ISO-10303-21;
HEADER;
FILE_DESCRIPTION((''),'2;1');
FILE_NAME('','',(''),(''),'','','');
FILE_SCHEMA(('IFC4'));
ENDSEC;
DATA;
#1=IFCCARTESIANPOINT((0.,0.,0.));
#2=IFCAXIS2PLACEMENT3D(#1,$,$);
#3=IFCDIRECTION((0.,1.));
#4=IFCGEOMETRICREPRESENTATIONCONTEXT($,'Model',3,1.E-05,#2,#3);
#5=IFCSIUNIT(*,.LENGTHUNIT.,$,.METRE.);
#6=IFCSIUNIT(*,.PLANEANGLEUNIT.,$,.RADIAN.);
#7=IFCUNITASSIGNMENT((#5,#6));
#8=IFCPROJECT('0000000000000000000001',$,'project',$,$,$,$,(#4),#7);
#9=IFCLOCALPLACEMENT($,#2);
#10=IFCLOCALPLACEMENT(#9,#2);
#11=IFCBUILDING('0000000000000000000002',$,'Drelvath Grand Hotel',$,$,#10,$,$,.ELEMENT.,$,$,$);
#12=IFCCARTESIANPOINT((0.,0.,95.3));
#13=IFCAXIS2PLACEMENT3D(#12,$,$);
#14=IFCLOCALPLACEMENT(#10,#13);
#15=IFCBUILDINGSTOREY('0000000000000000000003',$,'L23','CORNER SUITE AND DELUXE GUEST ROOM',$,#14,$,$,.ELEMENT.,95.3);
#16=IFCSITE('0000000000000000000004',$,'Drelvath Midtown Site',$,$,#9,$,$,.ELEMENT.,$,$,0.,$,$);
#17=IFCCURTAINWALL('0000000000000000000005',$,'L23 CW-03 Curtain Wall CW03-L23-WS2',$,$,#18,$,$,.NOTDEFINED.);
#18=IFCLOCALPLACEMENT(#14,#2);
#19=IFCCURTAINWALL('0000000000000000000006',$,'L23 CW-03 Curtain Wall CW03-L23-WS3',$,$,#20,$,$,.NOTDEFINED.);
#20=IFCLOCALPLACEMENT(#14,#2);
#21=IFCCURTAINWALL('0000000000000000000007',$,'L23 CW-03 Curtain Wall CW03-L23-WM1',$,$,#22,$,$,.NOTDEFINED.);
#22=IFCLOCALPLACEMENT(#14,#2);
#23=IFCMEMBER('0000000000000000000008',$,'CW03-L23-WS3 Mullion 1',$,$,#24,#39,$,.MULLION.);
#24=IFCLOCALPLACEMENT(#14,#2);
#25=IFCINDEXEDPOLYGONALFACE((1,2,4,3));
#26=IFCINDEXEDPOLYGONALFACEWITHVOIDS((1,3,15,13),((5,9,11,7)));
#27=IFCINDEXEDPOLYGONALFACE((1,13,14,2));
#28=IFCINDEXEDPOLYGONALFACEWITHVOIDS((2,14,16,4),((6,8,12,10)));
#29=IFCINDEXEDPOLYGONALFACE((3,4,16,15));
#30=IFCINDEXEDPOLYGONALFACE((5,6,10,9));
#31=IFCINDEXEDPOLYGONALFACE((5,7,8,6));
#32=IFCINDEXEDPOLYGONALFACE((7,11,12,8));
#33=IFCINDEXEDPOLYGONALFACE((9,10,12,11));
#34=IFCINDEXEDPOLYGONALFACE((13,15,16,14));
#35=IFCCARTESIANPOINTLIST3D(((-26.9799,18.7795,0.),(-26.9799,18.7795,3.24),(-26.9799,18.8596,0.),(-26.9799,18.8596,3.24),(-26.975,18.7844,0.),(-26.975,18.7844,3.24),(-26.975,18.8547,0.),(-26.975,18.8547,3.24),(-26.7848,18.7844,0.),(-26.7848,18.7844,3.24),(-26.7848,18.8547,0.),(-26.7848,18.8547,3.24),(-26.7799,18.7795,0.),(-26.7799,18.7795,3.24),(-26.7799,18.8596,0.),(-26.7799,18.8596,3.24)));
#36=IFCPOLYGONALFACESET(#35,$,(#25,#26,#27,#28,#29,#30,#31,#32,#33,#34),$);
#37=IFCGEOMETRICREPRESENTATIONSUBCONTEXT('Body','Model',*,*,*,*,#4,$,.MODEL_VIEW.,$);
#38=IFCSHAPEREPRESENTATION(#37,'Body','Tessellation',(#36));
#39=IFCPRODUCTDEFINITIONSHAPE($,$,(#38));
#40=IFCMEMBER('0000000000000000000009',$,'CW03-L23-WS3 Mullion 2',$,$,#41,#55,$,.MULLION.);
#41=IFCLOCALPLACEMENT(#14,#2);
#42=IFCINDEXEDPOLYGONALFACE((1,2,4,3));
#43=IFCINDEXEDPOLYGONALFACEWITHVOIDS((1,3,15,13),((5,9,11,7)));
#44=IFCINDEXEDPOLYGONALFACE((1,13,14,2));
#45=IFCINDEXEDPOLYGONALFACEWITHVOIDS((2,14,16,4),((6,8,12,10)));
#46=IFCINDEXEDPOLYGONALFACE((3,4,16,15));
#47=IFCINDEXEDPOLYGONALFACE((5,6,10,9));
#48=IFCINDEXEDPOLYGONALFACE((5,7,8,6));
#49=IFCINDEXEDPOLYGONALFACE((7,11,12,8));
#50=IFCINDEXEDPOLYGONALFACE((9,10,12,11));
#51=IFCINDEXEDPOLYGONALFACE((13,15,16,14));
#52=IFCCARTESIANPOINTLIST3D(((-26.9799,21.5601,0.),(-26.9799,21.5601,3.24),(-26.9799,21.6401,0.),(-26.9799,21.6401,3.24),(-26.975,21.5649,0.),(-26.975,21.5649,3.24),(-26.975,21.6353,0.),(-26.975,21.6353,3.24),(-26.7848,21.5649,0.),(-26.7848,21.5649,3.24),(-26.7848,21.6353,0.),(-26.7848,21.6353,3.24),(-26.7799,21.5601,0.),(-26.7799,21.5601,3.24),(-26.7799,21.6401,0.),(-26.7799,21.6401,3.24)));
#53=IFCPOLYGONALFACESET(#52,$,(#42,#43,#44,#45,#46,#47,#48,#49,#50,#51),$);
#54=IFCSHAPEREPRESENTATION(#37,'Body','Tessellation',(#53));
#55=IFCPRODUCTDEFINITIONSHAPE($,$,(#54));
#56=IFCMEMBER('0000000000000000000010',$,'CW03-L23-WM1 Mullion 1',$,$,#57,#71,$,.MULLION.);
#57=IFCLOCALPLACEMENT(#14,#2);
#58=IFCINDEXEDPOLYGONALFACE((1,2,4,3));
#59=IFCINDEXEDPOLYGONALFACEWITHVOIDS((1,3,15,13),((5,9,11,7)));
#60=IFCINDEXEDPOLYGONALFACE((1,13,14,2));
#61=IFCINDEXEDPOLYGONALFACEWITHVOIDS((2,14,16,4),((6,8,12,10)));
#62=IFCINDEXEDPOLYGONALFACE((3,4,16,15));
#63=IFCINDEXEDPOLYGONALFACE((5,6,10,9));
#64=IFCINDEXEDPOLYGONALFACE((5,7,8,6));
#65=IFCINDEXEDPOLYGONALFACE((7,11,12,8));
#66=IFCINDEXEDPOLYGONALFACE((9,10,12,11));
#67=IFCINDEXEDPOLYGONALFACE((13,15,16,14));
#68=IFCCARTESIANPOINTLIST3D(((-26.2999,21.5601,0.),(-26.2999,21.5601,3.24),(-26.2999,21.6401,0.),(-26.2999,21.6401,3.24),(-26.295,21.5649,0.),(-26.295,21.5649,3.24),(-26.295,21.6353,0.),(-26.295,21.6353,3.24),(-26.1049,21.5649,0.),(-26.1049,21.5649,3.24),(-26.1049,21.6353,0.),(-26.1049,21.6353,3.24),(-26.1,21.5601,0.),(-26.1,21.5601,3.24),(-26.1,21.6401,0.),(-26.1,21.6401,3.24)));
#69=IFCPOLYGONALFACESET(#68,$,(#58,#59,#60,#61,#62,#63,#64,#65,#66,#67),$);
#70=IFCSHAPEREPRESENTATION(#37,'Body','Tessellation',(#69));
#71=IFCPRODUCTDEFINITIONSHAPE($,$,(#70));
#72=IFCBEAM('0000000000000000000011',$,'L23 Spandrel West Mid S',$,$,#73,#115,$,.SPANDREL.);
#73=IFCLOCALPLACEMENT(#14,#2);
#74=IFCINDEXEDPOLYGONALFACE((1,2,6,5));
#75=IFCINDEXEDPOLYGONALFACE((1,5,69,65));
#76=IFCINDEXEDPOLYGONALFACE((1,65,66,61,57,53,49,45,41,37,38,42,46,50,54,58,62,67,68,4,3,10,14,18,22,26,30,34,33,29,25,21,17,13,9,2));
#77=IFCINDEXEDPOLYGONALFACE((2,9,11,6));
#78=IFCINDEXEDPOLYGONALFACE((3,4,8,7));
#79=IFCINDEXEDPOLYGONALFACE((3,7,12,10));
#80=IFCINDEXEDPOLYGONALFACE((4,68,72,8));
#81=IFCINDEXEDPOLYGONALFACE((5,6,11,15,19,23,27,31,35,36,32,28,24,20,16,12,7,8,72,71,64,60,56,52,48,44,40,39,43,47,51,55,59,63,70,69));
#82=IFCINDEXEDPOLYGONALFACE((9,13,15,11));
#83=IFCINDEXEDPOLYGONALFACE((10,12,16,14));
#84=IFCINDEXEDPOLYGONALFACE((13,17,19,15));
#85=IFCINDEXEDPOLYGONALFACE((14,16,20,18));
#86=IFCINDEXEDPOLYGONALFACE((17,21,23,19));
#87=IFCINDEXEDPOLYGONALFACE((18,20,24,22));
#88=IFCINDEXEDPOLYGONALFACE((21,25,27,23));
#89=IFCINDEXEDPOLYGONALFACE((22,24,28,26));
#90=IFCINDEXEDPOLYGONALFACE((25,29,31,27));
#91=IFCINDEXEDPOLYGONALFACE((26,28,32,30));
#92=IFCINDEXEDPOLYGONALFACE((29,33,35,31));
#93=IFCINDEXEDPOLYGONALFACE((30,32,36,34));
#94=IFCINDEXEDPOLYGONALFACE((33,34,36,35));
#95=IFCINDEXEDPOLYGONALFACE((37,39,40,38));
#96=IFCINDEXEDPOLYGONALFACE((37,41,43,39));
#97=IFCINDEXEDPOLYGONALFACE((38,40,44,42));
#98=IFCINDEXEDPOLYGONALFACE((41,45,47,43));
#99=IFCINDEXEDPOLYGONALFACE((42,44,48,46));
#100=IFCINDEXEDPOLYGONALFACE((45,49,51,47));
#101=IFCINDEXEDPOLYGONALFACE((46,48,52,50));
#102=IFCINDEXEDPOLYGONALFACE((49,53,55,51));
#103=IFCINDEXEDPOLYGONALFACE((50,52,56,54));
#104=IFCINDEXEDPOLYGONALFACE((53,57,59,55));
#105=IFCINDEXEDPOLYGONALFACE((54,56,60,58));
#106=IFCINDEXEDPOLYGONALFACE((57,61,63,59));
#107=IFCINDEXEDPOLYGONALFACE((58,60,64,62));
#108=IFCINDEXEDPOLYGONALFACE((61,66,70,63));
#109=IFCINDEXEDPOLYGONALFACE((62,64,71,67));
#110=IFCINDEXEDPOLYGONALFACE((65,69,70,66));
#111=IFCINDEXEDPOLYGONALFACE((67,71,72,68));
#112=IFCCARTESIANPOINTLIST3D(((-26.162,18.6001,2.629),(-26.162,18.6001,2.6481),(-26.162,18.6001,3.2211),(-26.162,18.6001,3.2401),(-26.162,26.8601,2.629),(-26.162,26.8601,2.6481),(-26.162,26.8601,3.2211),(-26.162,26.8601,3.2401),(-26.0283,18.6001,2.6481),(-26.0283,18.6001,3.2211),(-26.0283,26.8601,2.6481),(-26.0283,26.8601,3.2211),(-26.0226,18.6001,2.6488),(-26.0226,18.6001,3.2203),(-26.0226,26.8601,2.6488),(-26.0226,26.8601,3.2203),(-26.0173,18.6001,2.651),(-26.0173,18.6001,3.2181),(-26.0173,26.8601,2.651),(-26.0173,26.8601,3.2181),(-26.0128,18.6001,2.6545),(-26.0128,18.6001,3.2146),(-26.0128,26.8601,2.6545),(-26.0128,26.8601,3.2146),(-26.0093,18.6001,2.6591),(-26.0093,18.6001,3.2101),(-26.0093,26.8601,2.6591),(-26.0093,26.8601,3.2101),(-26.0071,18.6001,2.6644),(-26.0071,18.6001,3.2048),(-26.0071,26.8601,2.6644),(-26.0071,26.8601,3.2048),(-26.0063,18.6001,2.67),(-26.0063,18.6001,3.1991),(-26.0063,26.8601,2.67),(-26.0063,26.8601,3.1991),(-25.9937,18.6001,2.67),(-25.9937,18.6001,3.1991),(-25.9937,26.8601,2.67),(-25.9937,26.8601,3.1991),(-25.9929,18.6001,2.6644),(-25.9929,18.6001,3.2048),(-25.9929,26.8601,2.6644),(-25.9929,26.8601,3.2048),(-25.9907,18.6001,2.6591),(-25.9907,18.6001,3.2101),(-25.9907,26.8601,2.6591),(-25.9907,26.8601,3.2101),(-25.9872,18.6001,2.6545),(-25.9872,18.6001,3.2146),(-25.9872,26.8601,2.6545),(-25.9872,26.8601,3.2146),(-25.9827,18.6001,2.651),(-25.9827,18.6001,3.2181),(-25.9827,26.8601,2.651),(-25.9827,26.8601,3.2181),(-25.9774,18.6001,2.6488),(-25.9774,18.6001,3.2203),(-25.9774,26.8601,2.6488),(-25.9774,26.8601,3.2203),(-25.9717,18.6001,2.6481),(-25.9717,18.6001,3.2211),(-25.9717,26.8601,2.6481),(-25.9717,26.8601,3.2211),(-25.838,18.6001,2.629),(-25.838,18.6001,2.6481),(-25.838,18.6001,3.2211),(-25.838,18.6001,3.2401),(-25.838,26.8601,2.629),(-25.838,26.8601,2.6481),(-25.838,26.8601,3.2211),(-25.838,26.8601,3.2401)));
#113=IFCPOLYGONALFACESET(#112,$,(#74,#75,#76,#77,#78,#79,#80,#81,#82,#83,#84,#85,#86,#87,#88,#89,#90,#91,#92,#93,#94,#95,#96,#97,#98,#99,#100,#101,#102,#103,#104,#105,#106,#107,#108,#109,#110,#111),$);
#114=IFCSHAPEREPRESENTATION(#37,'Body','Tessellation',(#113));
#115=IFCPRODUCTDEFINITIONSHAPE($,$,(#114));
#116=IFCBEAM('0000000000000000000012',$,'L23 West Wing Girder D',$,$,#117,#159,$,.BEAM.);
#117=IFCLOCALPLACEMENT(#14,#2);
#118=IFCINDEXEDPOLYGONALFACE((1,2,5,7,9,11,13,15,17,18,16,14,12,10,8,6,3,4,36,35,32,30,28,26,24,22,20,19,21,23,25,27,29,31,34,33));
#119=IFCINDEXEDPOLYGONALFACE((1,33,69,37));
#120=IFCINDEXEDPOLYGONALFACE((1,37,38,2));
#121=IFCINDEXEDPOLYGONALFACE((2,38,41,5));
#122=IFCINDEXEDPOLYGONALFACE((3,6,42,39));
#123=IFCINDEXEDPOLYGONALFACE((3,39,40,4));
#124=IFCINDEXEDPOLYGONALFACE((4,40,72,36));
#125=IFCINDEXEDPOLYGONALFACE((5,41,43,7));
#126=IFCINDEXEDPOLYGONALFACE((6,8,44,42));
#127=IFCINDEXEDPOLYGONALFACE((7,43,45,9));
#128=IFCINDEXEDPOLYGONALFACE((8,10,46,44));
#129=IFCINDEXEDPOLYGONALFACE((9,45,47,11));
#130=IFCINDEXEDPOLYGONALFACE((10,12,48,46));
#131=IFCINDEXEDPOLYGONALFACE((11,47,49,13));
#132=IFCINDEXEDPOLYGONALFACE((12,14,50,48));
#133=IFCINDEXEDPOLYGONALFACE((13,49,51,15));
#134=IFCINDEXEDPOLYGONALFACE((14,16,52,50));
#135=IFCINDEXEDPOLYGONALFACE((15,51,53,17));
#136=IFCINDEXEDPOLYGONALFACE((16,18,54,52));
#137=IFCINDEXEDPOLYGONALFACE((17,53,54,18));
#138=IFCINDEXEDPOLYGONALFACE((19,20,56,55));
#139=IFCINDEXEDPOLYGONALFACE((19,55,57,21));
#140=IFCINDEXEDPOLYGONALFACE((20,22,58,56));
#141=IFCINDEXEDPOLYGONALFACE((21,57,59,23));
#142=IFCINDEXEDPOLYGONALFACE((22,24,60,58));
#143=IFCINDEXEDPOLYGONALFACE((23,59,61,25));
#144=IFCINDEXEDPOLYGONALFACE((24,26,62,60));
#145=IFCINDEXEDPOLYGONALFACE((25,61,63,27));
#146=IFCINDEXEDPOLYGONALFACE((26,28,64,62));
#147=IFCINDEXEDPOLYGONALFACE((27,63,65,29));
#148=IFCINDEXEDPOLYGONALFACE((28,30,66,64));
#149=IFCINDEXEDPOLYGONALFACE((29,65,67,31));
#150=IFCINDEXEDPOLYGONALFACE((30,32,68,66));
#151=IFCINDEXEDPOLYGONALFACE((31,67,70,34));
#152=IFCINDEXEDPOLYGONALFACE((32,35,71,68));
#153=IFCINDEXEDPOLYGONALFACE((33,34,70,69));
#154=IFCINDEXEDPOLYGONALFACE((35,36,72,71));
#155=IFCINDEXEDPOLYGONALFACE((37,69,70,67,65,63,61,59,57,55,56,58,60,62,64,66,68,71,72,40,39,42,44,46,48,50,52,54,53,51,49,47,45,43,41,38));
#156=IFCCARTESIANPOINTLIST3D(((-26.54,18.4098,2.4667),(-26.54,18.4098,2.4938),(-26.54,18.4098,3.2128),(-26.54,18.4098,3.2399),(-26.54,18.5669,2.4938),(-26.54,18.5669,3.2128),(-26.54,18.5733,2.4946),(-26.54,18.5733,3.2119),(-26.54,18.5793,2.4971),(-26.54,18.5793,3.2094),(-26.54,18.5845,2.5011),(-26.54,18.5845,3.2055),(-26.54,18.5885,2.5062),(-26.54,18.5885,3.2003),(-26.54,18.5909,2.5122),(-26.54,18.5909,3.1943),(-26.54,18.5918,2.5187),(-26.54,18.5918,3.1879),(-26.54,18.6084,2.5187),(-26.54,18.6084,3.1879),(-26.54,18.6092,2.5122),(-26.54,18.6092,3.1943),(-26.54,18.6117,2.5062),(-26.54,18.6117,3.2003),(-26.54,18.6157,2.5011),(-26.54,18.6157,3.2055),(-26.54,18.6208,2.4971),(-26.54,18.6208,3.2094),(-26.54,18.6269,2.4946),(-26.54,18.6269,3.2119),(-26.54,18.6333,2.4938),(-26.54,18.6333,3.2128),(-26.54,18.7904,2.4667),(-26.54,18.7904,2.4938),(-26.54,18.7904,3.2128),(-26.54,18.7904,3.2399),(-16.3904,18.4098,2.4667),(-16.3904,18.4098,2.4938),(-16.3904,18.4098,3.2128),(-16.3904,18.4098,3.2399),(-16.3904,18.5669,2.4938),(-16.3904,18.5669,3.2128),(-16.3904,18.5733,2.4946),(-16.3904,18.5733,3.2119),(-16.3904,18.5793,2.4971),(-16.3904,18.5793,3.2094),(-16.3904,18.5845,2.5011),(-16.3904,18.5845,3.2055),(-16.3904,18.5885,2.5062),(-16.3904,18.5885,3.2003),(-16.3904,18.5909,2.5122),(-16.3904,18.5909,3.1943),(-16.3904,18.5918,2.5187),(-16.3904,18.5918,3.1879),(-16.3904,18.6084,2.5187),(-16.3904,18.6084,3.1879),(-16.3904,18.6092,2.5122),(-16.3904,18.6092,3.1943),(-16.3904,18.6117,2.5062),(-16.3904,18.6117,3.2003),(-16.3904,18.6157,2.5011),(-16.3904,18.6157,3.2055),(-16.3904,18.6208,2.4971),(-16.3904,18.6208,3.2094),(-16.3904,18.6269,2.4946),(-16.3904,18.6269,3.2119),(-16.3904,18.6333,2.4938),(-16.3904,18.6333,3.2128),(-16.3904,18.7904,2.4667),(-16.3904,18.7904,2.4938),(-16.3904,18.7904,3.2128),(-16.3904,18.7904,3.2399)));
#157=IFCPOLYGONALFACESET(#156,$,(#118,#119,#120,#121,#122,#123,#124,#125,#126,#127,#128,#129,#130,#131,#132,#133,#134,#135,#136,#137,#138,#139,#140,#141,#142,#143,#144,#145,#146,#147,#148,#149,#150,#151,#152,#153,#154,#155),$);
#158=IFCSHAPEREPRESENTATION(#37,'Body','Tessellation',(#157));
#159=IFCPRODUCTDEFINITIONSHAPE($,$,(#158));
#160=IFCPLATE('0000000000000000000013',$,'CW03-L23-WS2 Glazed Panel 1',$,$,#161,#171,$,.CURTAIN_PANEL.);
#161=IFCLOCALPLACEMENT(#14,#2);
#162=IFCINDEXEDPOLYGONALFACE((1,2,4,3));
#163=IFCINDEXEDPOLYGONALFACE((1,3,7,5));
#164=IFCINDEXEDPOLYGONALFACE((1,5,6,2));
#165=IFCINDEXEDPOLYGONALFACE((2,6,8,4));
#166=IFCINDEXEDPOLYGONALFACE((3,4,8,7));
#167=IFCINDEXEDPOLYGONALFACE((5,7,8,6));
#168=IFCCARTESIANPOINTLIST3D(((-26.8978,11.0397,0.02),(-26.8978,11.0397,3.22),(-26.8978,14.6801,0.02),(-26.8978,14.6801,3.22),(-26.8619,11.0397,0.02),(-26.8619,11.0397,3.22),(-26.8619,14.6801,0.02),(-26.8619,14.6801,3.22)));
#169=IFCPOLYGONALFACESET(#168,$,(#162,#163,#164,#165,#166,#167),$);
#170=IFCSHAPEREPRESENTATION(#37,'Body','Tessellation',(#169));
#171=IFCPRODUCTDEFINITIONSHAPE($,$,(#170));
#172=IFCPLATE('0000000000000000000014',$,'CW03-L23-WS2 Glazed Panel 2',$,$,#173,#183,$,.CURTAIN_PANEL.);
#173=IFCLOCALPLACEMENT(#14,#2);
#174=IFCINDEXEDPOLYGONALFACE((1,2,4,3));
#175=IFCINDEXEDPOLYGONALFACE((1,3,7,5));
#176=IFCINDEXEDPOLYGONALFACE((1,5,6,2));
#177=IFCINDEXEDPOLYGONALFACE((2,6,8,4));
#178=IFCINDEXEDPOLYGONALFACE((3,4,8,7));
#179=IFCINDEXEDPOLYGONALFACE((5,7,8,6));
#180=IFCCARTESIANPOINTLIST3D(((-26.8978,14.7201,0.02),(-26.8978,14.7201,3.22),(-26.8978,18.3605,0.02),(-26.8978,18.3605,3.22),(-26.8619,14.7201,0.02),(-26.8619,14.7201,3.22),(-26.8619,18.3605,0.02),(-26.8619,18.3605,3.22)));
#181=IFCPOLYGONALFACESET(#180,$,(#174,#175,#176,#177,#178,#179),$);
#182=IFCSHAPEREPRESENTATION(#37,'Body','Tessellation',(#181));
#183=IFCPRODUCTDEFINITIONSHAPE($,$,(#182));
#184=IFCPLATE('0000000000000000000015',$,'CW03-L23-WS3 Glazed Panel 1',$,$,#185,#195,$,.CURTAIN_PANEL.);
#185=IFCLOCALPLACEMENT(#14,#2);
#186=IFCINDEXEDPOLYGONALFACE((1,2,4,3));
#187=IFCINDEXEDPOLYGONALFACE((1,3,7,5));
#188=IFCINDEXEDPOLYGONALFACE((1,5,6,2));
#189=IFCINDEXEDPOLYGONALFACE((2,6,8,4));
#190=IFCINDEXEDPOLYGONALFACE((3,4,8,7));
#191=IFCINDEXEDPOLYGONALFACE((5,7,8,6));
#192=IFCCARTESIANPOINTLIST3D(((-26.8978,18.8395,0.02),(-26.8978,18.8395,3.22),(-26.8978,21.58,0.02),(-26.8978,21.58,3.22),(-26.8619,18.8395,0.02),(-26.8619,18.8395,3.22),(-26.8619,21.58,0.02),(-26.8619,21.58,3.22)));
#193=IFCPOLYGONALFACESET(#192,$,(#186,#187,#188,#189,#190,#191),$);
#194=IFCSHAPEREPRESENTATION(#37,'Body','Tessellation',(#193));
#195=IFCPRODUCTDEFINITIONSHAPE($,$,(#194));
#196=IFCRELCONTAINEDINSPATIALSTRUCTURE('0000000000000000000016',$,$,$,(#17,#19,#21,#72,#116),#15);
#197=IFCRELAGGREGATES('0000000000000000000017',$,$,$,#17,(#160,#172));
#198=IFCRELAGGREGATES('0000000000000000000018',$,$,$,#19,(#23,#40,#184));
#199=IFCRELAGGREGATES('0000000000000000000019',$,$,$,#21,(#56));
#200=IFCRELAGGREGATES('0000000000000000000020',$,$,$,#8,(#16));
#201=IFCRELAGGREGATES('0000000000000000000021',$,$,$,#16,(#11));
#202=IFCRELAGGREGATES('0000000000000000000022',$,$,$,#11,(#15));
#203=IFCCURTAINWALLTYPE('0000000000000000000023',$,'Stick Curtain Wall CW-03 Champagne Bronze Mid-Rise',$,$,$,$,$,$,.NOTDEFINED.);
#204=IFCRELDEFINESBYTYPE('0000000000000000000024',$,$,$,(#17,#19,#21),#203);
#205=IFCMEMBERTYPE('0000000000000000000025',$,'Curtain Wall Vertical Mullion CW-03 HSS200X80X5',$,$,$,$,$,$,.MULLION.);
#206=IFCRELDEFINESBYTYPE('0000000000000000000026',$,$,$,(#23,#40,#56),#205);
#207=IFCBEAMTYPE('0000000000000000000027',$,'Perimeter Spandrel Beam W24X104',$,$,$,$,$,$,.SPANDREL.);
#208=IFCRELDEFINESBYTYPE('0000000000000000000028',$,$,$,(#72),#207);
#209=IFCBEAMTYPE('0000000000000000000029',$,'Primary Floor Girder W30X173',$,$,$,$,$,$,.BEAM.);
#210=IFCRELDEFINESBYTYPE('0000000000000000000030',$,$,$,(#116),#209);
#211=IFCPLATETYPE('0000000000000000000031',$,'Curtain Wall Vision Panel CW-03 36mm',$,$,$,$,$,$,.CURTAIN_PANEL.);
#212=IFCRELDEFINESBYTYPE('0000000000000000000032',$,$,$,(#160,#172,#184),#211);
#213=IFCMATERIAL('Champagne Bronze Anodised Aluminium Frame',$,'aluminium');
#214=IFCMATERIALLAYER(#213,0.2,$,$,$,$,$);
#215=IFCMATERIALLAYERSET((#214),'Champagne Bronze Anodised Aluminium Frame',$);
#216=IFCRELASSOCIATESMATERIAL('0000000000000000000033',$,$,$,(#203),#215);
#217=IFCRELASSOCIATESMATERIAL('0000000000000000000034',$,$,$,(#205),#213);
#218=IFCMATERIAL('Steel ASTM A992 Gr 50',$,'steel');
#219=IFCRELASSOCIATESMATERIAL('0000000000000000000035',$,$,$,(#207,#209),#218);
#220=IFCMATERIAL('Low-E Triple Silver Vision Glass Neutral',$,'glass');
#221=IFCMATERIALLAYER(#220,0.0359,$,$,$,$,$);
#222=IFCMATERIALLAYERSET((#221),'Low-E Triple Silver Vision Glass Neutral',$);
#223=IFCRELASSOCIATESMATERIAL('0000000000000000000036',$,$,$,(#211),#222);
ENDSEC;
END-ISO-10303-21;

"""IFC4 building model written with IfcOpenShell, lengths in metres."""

from ifc_helpers import new_model, si_unit, direction, frame, origin, origin_2d, place, context, subcontext, project, spatial, rectangle, hollow_rectangle, i_section, extrude, material, layer, layer_set, material_profile, profile_set, type_object, element, aggregate, save


model = new_model("IFC4")

# Units and contexts
model_context = context("Model", 3, precision=1e-05, world=origin(), true_north=direction((0.0, 1.0)))
body_context = subcontext(model_context, "Body", "Model", "MODEL_VIEW")
ifc_project = project(units=[si_unit("LENGTHUNIT", "METRE"), si_unit("PLANEANGLEUNIT", "RADIAN")], contexts=[model_context])

# Site, building, storey
site_placement = place(None, origin())
site = spatial("IfcSite", under=ifc_project, at=site_placement, Name="Drelvath Midtown Site", CompositionType="ELEMENT", RefElevation=0.0)
building_placement = place(site_placement, origin())
building = spatial("IfcBuilding", under=site, at=building_placement, Name="Drelvath Grand Hotel", CompositionType="ELEMENT")
storey_placement = place(building_placement, frame((0.0, 0.0, 95.3)))
storey = spatial("IfcBuildingStorey", under=building, at=storey_placement, Name="L23", Description="CORNER SUITE AND DELUXE GUEST ROOM", CompositionType="ELEMENT", Elevation=95.3)

# Shared definitions
ifc_material_1 = material(Name="Steel ASTM A992 Gr 50", Category="steel")

# Curtain walls
ifc_material_2 = material(Name="Champagne Bronze Anodised Aluminium Frame", Category="aluminium")
ifc_layer_1 = layer(ifc_material_2, 0.2)
ifc_layer_set_1 = layer_set([ifc_layer_1], Name="Champagne Bronze Anodised Aluminium Frame")
curtain_wall_type = type_object("IfcCurtainWallType", Name="Stick Curtain Wall CW-03 Champagne Bronze Mid-Rise", PredefinedType="NOTDEFINED", material=ifc_layer_set_1)
curtain_wall_1_placement = place(storey_placement, origin())
curtain_wall_1 = element("IfcCurtainWall", 1, at=curtain_wall_1_placement, inside=storey, type_object=curtain_wall_type, Name="L23 CW-03 Curtain Wall CW03-L23-WS2", PredefinedType="NOTDEFINED")
curtain_wall_2_placement = place(storey_placement, origin())
curtain_wall_2 = element("IfcCurtainWall", 2, at=curtain_wall_2_placement, inside=storey, type_object=curtain_wall_type, Name="L23 CW-03 Curtain Wall CW03-L23-WS3", PredefinedType="NOTDEFINED")
curtain_wall_3_placement = place(storey_placement, origin())
curtain_wall_3 = element("IfcCurtainWall", 3, at=curtain_wall_3_placement, inside=storey, type_object=curtain_wall_type, Name="L23 CW-03 Curtain Wall CW03-L23-WM1", PredefinedType="NOTDEFINED")

# Members
ifc_material_profile_1 = material_profile(ifc_material_2, hollow_rectangle(XDim=0.0801, YDim=0.2, WallThickness=0.0049, at=origin_2d()), Name="HSS200X80X5")
ifc_profile_set_1 = profile_set([ifc_material_profile_1], Name="Champagne Bronze Anodised Aluminium Frame")
member_type_1 = type_object("IfcMemberType", Name="Curtain Wall Vertical Mullion CW-03 HSS200X80X5", PredefinedType="MULLION", material=ifc_profile_set_1)
member_1_placement = place(storey_placement, frame((-26.8799, 18.8196, 0.0), z_axis=(0.0, 0.0, 1.0), x_axis=(0.0, 1.0, 0.0)))
member_1 = element("IfcMember", 4, at=member_1_placement, type_object=member_type_1, Name="CW03-L23-WS3 Mullion 1", PredefinedType="MULLION", context=body_context, shape_type="SweptSolid", body=[
    extrude(hollow_rectangle(XDim=0.0801, YDim=0.2, WallThickness=0.0049, at=origin_2d()), origin(), (0.0, 0.0, 1.0), 3.24),
])
member_2_placement = place(storey_placement, frame((-26.8799, 21.6001, 0.0), z_axis=(0.0, 0.0, 1.0), x_axis=(0.0, 1.0, 0.0)))
member_2 = element("IfcMember", 5, at=member_2_placement, type_object=member_type_1, Name="CW03-L23-WS3 Mullion 2", PredefinedType="MULLION", context=body_context, shape_type="SweptSolid", body=[
    extrude(hollow_rectangle(XDim=0.0801, YDim=0.2, WallThickness=0.0049, at=origin_2d()), origin(), (0.0, 0.0, 1.0), 3.24),
])
member_3_placement = place(storey_placement, frame((-26.2, 21.6001, 0.0), z_axis=(0.0, 0.0, 1.0), x_axis=(0.0, 1.0, 0.0)))
member_3 = element("IfcMember", 6, at=member_3_placement, type_object=member_type_1, Name="CW03-L23-WM1 Mullion 1", PredefinedType="MULLION", context=body_context, shape_type="SweptSolid", body=[
    extrude(hollow_rectangle(XDim=0.0801, YDim=0.2, WallThickness=0.0049, at=origin_2d()), origin(), (0.0, 0.0, 1.0), 3.24),
])

# Beams
ifc_material_profile_2 = material_profile(ifc_material_1, i_section(OverallWidth=0.324, OverallDepth=0.6111, WebThickness=0.0127, FlangeThickness=0.019, FilletRadius=0.022, at=origin_2d()), Name="W24X104")
ifc_profile_set_2 = profile_set([ifc_material_profile_2], Name="Steel ASTM A992 Gr 50")
beam_type_1 = type_object("IfcBeamType", Name="Perimeter Spandrel Beam W24X104", PredefinedType="SPANDREL", material=ifc_profile_set_2)
beam_1_placement = place(storey_placement, frame((-26.0, 18.6001, 2.9346), z_axis=(0.0, 1.0, 0.0), x_axis=(-1.0, 0.0, 0.0)))
element("IfcBeam", 7, at=beam_1_placement, inside=storey, type_object=beam_type_1, Name="L23 Spandrel West Mid S", PredefinedType="SPANDREL", context=body_context, shape_type="SweptSolid", body=[
    extrude(i_section(OverallWidth=0.324, OverallDepth=0.6111, WebThickness=0.0127, FlangeThickness=0.019, FilletRadius=0.022, at=origin_2d()), origin(), (0.0, 0.0, 1.0), 8.26),
])
ifc_material_profile_3 = material_profile(ifc_material_1, i_section(OverallWidth=0.3806, OverallDepth=0.7732, WebThickness=0.0166, FlangeThickness=0.0271, FilletRadius=0.0249, at=origin_2d()), Name="W30X173")
ifc_profile_set_3 = profile_set([ifc_material_profile_3], Name="Steel ASTM A992 Gr 50")
beam_type_2 = type_object("IfcBeamType", Name="Primary Floor Girder W30X173", PredefinedType="BEAM", material=ifc_profile_set_3)
beam_2_placement = place(storey_placement, frame((-26.54, 18.6001, 2.8533), z_axis=(1.0, 0.0, 0.0), x_axis=(0.0, 1.0, 0.0)))
element("IfcBeam", 8, at=beam_2_placement, inside=storey, type_object=beam_type_2, Name="L23 West Wing Girder D", PredefinedType="BEAM", context=body_context, shape_type="SweptSolid", body=[
    extrude(i_section(OverallWidth=0.3806, OverallDepth=0.7732, WebThickness=0.0166, FlangeThickness=0.0271, FilletRadius=0.0249, at=origin_2d()), origin(), (0.0, 0.0, 1.0), 10.1497),
])

# Plates
ifc_material_3 = material(Name="Low-E Triple Silver Vision Glass Neutral", Category="glass")
ifc_layer_2 = layer(ifc_material_3, 0.0359)
ifc_layer_set_2 = layer_set([ifc_layer_2], Name="Low-E Triple Silver Vision Glass Neutral")
plate_type = type_object("IfcPlateType", Name="Curtain Wall Vision Panel CW-03 36mm", PredefinedType="CURTAIN_PANEL", material=ifc_layer_set_2)
plate_1_placement = place(storey_placement, frame((-26.8799, 12.8599, 0.02), z_axis=(0.0, 0.0, 1.0), x_axis=(0.0, 1.0, 0.0)))
plate_1 = element("IfcPlate", 9, at=plate_1_placement, type_object=plate_type, Name="CW03-L23-WS2 Glazed Panel 1", PredefinedType="CURTAIN_PANEL", context=body_context, shape_type="SweptSolid", body=[
    extrude(rectangle(XDim=3.6404, YDim=0.0359, at=origin_2d()), origin(), (0.0, 0.0, 1.0), 3.2),
])
plate_2_placement = place(storey_placement, frame((-26.8799, 16.5403, 0.02), z_axis=(0.0, 0.0, 1.0), x_axis=(0.0, 1.0, 0.0)))
plate_2 = element("IfcPlate", 10, at=plate_2_placement, type_object=plate_type, Name="CW03-L23-WS2 Glazed Panel 2", PredefinedType="CURTAIN_PANEL", context=body_context, shape_type="SweptSolid", body=[
    extrude(rectangle(XDim=3.6404, YDim=0.0359, at=origin_2d()), origin(), (0.0, 0.0, 1.0), 3.2),
])
aggregate(curtain_wall_1, [plate_1, plate_2])
plate_3_placement = place(storey_placement, frame((-26.8799, 20.2097, 0.02), z_axis=(0.0, 0.0, 1.0), x_axis=(0.0, 1.0, 0.0)))
plate_3 = element("IfcPlate", 11, at=plate_3_placement, type_object=plate_type, Name="CW03-L23-WS3 Glazed Panel 1", PredefinedType="CURTAIN_PANEL", context=body_context, shape_type="SweptSolid", body=[
    extrude(rectangle(XDim=2.7405, YDim=0.0359, at=origin_2d()), origin(), (0.0, 0.0, 1.0), 3.2),
])
aggregate(curtain_wall_2, [member_1, member_2, plate_3])
aggregate(curtain_wall_3, [member_3])

save(model, "model.ifc")
